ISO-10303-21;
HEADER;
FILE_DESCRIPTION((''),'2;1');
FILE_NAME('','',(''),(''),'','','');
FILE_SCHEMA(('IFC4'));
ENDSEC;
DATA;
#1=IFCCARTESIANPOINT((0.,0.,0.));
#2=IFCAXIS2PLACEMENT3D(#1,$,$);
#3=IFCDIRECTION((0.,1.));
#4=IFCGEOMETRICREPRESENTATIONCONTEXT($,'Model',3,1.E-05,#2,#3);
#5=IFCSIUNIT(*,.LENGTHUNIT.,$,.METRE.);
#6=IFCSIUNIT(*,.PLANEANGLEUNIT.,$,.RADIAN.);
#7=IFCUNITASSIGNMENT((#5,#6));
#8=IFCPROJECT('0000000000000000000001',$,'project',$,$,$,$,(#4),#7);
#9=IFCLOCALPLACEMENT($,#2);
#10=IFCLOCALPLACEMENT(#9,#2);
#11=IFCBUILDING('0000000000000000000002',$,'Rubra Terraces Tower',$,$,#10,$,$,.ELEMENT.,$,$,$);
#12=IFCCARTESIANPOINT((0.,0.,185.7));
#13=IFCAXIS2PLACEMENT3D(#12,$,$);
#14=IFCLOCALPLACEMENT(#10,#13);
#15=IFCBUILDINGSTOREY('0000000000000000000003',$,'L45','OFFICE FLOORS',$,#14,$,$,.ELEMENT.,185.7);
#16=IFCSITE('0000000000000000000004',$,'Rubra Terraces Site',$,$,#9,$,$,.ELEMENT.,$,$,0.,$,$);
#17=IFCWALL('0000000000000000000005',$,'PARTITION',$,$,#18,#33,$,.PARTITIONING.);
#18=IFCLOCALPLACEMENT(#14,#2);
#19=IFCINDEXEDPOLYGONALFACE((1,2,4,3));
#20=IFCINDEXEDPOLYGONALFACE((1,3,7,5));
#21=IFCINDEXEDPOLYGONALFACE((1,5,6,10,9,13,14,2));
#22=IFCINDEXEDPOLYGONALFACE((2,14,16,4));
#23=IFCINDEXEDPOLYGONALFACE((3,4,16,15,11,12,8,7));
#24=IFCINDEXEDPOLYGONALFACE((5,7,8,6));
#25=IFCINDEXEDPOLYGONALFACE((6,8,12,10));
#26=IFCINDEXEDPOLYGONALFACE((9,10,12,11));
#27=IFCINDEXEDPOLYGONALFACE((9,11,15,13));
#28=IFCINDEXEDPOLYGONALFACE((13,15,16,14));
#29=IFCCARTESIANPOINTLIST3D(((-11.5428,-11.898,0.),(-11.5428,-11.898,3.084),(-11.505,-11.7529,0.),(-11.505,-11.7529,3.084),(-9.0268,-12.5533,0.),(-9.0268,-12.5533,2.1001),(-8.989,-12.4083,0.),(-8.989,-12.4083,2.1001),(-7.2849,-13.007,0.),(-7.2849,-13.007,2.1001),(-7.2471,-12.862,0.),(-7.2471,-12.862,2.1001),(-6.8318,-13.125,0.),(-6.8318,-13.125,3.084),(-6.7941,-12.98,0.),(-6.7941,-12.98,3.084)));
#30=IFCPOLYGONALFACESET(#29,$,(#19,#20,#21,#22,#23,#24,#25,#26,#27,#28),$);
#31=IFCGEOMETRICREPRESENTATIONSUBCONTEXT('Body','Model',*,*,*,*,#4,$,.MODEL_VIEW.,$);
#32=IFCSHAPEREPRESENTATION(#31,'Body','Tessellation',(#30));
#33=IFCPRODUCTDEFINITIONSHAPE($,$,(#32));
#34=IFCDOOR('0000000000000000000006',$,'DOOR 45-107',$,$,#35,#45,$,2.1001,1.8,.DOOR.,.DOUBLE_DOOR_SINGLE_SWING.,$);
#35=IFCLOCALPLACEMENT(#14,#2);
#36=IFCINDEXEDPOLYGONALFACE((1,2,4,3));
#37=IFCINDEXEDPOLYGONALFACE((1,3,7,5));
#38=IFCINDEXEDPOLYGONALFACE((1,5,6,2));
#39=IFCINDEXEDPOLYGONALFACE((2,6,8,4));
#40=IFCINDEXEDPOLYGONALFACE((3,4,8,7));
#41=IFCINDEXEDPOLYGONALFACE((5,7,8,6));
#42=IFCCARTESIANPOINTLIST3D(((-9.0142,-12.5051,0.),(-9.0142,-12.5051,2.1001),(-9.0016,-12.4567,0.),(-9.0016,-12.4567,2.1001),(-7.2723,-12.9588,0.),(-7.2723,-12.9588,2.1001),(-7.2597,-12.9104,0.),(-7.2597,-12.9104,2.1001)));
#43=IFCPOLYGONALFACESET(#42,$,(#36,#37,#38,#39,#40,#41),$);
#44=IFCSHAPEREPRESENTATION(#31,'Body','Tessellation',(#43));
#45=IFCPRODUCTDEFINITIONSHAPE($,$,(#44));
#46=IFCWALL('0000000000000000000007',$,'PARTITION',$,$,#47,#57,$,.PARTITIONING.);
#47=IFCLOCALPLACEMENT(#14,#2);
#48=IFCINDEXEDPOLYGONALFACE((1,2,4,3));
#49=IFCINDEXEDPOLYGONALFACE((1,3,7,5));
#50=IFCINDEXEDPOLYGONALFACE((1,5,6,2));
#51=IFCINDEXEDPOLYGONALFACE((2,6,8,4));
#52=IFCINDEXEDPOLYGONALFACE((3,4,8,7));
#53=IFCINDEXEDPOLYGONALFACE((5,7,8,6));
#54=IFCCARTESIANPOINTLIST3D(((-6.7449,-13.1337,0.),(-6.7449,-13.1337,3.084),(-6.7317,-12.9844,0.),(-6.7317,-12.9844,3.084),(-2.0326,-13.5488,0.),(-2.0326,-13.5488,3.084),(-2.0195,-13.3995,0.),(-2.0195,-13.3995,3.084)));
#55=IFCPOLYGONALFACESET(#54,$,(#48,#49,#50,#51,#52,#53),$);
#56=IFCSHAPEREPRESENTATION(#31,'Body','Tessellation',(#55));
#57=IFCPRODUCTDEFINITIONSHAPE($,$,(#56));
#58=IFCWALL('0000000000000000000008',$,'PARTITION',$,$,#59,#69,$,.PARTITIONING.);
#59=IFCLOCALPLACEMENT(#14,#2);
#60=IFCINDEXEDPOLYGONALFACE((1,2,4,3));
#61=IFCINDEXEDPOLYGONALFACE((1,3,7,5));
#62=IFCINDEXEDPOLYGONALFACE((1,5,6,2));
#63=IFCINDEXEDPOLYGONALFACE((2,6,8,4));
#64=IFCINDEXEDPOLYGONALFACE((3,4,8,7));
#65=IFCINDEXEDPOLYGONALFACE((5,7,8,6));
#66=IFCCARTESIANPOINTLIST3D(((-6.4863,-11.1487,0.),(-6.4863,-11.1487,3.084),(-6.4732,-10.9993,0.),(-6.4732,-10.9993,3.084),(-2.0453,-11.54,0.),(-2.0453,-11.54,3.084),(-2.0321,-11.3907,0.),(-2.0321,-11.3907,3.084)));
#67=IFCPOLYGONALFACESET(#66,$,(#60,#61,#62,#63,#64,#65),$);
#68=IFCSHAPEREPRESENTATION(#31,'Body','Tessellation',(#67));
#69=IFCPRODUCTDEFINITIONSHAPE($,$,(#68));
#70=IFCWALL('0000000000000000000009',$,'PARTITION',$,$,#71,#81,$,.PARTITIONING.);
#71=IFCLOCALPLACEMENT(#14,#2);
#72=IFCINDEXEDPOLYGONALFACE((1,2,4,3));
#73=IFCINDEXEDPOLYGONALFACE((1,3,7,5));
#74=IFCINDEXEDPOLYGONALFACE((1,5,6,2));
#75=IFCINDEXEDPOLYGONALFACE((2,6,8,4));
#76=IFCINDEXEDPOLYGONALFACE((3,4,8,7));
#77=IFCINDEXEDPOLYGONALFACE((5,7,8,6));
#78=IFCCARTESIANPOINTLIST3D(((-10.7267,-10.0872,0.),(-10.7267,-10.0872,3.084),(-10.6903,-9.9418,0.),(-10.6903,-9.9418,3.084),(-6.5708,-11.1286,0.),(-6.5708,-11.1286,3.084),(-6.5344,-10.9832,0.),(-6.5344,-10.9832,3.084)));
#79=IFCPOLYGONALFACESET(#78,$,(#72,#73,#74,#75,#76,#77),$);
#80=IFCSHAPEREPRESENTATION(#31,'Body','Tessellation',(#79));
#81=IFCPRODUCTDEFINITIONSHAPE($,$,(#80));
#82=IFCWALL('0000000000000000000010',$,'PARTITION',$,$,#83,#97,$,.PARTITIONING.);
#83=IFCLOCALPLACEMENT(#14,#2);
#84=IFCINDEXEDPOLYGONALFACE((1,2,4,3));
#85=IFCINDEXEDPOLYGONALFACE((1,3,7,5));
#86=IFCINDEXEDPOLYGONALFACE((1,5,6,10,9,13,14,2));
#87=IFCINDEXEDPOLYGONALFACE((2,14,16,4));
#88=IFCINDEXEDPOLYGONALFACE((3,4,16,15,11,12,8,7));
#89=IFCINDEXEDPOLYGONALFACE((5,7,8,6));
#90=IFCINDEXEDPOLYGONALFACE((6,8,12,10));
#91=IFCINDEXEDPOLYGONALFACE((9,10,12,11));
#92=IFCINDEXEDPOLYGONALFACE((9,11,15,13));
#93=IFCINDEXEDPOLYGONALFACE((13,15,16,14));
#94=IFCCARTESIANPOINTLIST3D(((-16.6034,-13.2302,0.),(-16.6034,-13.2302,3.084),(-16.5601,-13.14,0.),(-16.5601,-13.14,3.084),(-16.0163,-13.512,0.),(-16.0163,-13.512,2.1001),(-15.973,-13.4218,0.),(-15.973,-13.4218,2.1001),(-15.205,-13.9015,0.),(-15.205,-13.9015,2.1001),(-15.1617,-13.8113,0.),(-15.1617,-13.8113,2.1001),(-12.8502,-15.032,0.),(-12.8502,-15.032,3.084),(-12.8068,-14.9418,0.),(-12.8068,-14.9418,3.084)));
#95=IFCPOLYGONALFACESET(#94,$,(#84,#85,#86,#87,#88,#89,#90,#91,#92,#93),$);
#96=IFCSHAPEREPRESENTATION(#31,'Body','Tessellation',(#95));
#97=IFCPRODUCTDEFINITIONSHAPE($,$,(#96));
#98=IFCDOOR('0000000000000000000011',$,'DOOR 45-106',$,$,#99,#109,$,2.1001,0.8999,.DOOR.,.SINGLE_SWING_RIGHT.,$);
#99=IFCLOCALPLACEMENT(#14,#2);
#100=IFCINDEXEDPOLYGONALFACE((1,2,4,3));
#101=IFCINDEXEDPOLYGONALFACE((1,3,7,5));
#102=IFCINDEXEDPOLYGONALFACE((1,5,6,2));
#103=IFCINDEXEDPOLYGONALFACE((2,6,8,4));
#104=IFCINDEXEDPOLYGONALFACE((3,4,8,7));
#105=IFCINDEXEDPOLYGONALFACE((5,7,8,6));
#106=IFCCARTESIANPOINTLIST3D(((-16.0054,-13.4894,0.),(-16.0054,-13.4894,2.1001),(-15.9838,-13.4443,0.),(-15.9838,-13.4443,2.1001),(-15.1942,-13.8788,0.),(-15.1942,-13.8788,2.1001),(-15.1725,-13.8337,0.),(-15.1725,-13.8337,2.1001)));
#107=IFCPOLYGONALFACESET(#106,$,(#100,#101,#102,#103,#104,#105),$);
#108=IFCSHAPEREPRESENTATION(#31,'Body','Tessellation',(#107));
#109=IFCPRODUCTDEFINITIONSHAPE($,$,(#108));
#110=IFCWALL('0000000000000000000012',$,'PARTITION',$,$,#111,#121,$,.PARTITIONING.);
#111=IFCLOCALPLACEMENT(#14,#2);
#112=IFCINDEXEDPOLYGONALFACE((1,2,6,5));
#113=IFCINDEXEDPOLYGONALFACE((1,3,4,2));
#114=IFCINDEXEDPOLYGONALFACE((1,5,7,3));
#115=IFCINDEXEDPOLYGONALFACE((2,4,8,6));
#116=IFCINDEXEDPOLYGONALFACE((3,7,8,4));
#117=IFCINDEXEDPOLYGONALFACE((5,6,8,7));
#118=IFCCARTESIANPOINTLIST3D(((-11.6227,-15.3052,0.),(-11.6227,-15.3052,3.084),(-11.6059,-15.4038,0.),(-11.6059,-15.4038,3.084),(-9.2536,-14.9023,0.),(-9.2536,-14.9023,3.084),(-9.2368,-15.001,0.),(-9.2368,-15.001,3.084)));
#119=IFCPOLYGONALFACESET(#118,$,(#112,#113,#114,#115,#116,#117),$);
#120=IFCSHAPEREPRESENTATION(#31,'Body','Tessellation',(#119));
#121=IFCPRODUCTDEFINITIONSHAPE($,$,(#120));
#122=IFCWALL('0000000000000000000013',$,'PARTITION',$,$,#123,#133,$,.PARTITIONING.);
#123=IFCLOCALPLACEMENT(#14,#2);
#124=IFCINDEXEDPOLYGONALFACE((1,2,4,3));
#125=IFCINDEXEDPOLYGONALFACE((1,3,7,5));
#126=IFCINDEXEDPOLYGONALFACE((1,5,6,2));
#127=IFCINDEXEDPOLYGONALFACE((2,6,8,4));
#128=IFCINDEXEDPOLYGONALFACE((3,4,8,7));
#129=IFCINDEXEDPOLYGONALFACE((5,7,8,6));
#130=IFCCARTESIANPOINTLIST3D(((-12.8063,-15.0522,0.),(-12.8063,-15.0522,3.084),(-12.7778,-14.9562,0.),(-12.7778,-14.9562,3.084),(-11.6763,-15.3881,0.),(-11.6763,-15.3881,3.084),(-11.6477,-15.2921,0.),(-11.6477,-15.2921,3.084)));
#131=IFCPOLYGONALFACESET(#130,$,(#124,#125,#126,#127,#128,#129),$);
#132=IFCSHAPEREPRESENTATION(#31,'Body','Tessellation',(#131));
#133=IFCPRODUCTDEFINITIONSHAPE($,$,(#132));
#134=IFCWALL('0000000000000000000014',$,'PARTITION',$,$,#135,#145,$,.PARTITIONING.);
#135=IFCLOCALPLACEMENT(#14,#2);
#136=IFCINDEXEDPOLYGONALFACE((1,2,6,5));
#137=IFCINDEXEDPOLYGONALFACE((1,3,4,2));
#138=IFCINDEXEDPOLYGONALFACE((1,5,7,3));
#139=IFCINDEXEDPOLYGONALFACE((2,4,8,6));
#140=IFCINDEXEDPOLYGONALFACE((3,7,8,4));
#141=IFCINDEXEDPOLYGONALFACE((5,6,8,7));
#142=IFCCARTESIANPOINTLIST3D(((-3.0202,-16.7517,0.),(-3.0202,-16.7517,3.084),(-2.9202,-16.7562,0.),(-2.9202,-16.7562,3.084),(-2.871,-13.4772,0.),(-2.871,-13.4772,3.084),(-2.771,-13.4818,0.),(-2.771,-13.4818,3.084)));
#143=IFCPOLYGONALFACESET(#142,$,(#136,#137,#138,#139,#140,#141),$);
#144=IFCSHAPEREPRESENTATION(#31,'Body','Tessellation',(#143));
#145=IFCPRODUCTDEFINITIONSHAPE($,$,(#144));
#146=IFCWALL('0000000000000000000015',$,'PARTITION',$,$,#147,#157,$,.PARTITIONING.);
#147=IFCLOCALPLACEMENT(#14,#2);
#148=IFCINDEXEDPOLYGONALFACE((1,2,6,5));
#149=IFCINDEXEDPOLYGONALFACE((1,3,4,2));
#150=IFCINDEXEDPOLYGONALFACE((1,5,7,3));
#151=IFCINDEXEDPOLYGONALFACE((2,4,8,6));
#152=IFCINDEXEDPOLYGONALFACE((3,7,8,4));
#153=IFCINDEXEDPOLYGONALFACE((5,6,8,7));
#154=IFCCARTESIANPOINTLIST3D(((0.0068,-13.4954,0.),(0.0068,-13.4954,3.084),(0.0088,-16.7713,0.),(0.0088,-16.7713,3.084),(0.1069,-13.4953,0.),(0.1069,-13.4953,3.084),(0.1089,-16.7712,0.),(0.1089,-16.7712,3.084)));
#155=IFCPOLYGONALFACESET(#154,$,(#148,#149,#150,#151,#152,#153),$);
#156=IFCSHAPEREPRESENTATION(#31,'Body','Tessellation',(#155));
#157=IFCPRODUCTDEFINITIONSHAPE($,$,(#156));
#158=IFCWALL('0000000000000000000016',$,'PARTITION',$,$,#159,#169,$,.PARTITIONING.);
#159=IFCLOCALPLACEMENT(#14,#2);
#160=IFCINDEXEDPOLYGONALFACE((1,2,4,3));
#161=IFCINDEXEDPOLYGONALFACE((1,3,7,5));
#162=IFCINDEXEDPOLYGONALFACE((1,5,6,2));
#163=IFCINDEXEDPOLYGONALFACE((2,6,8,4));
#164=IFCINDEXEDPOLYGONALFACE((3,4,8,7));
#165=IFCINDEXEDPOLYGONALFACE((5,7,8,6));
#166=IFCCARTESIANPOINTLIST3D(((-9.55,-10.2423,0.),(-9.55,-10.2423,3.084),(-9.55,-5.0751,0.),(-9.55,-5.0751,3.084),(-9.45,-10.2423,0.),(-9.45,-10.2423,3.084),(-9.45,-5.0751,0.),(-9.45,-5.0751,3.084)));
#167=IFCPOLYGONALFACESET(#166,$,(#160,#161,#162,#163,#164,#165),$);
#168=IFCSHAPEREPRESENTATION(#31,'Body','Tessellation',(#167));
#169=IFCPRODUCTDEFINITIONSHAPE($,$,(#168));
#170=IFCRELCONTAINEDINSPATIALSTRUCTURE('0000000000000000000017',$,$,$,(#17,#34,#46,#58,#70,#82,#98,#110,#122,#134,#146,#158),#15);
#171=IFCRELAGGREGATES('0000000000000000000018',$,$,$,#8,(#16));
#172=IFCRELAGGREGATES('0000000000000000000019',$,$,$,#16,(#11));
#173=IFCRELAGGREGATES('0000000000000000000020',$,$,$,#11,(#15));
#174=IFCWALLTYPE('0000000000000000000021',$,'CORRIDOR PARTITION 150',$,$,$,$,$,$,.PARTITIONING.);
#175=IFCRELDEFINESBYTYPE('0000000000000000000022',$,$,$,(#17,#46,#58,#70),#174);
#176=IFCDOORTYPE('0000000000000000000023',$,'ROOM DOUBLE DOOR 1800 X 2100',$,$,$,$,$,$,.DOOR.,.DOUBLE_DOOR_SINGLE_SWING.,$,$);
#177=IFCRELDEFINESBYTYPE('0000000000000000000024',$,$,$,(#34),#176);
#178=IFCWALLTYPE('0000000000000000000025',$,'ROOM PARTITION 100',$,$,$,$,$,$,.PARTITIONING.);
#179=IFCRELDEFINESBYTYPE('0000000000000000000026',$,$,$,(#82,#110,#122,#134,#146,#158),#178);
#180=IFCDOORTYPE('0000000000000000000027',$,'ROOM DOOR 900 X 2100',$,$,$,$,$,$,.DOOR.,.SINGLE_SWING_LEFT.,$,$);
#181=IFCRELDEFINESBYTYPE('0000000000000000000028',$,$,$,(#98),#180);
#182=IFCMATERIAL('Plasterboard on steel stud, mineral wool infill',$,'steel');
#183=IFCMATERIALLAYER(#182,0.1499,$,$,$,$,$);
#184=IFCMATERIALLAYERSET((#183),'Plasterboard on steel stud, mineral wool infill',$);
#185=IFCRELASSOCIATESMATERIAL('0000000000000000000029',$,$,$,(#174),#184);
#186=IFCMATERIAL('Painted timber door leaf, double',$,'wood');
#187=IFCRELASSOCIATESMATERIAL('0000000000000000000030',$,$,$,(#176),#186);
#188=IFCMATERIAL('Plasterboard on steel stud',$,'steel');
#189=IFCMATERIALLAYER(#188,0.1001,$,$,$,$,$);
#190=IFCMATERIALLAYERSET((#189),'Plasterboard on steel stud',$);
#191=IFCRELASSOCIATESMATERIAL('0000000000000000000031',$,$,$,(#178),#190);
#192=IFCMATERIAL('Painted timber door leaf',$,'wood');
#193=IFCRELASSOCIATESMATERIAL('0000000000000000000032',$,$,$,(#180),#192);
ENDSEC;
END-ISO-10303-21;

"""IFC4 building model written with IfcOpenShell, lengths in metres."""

from ifc_helpers import new_model, si_unit, direction, frame, frame_2d, origin, place, context, subcontext, project, spatial, rectangle, extrude, material, layer, layer_set, type_object, element, fill, save


model = new_model("IFC4")

# Units and contexts
model_context = context("Model", 3, precision=1e-05, world=origin(), true_north=direction((0.0, 1.0)))
body_context = subcontext(model_context, "Body", "Model", "MODEL_VIEW")
ifc_project = project(units=[si_unit("LENGTHUNIT", "METRE"), si_unit("PLANEANGLEUNIT", "RADIAN")], contexts=[model_context])

# Site, building, storey
site_placement = place(None, origin())
site = spatial("IfcSite", under=ifc_project, at=site_placement, Name="Rubra Terraces Site", CompositionType="ELEMENT", RefElevation=0.0)
building_placement = place(site_placement, origin())
building = spatial("IfcBuilding", under=site, at=building_placement, Name="Rubra Terraces Tower", CompositionType="ELEMENT")
storey_placement = place(building_placement, frame((0.0, 0.0, 185.7)))
storey = spatial("IfcBuildingStorey", under=building, at=storey_placement, Name="L45", Description="OFFICE FLOORS", CompositionType="ELEMENT", Elevation=185.7)

# Wall, opening, door
ifc_material_1 = material(Name="Plasterboard on steel stud, mineral wool infill", Category="steel")
ifc_layer_1 = layer(ifc_material_1, 0.1499)
ifc_layer_set_1 = layer_set([ifc_layer_1], Name="Plasterboard on steel stud, mineral wool infill")
wall_type_1 = type_object("IfcWallType", Name="CORRIDOR PARTITION 150", PredefinedType="PARTITIONING", material=ifc_layer_set_1)
wall_1_placement = place(storey_placement, frame((-11.5239, -11.8254, 0.0), z_axis=(0.0, 0.0, 1.0), x_axis=(0.967712, -0.252058, 0.0)))
wall_1 = element("IfcWall", 1, at=wall_1_placement, inside=storey, type_object=wall_type_1, Name="PARTITION", PredefinedType="PARTITIONING", context=body_context, shape_type="SweptSolid", body=[
    extrude(rectangle(XDim=4.8682, YDim=0.1499, at=frame_2d((2.4341, 0.0))), origin(), (0.0, 0.0, 1.0), 3.084),
])
opening_1_placement = place(wall_1_placement, frame((2.6001, 0.0, 0.0)))
opening_1 = element("IfcOpeningElement", 2, at=opening_1_placement, cuts=wall_1, PredefinedType="OPENING", context=body_context, shape_type="SweptSolid", body=[
    extrude(rectangle(XDim=1.8, YDim=2.1001, at=frame_2d((0.8999, 1.05))), frame((0.0, 0.085, 0.0), z_axis=(0.0, -1.0, 0.0), x_axis=(1.0, 0.0, 0.0)), (0.0, 0.0, 1.0), 0.1699),
])
ifc_material_2 = material(Name="Painted timber door leaf, double", Category="wood")
door_type_1 = type_object("IfcDoorType", Name="ROOM DOUBLE DOOR 1800 X 2100", OperationType="DOUBLE_DOOR_SINGLE_SWING", PredefinedType="DOOR", material=ifc_material_2)
door_1_placement = place(opening_1_placement, origin())
door_1 = element("IfcDoor", 3, at=door_1_placement, inside=storey, type_object=door_type_1, Name="DOOR 45-107", OperationType="DOUBLE_DOOR_SINGLE_SWING", OverallHeight=2.1001, OverallWidth=1.8, PredefinedType="DOOR", context=body_context, shape_type="SweptSolid", body=[
    extrude(rectangle(XDim=1.8, YDim=2.1001, at=frame_2d((0.8999, 1.05))), frame((0.0, 0.0249, 0.0), z_axis=(0.0, -1.0, 0.0), x_axis=(1.0, 0.0, 0.0)), (0.0, 0.0, 1.0), 0.05),
])
fill(opening_1, door_1)

# Wall
wall_2_placement = place(storey_placement, frame((-6.7383, -13.0591, 0.0), z_axis=(0.0, 0.0, 1.0), x_axis=(0.996144, -0.087739, 0.0)))
element("IfcWall", 4, at=wall_2_placement, inside=storey, type_object=wall_type_1, Name="PARTITION", PredefinedType="PARTITIONING", context=body_context, shape_type="SweptSolid", body=[
    extrude(rectangle(XDim=4.7305, YDim=0.1499, at=frame_2d((2.3652, 0.0))), origin(), (0.0, 0.0, 1.0), 3.084),
])

# Walls
wall_3_placement = place(storey_placement, frame((-2.0388, -11.4653, 0.0), z_axis=(0.0, 0.0, 1.0), x_axis=(-0.99614, 0.08778, 0.0)))
element("IfcWall", 5, at=wall_3_placement, inside=storey, type_object=wall_type_1, Name="PARTITION", PredefinedType="PARTITIONING", context=body_context, shape_type="SweptSolid", body=[
    extrude(rectangle(XDim=4.4583, YDim=0.1499, at=frame_2d((2.229, 0.0))), origin(), (0.0, 0.0, 1.0), 3.084),
])
wall_4_placement = place(storey_placement, frame((-6.5527, -11.0559, 0.0), z_axis=(0.0, 0.0, 1.0), x_axis=(-0.970005, 0.243085, 0.0)))
element("IfcWall", 6, at=wall_4_placement, inside=storey, type_object=wall_type_1, Name="PARTITION", PredefinedType="PARTITIONING", context=body_context, shape_type="SweptSolid", body=[
    extrude(rectangle(XDim=4.2844, YDim=0.1499, at=frame_2d((2.1421, 0.0))), origin(), (0.0, 0.0, 1.0), 3.084),
])

# Wall, opening, door
ifc_material_3 = material(Name="Plasterboard on steel stud", Category="steel")
ifc_layer_2 = layer(ifc_material_3, 0.1001)
ifc_layer_set_2 = layer_set([ifc_layer_2], Name="Plasterboard on steel stud")
wall_type_2 = type_object("IfcWallType", Name="ROOM PARTITION 100", PredefinedType="PARTITIONING", material=ifc_layer_set_2)
wall_5_placement = place(storey_placement, frame((-12.8286, -14.9868, 0.0), z_axis=(0.0, 0.0, 1.0), x_axis=(-0.901501, 0.432777, 0.0)))
wall_5 = element("IfcWall", 7, at=wall_5_placement, inside=storey, type_object=wall_type_2, Name="PARTITION", PredefinedType="PARTITIONING", context=body_context, shape_type="SweptSolid", body=[
    extrude(rectangle(XDim=4.1633, YDim=0.1001, at=frame_2d((2.0815, 0.0))), origin(), (0.0, 0.0, 1.0), 3.084),
])
opening_2_placement = place(wall_5_placement, frame((2.6121, 0.0, 0.0)))
opening_2 = element("IfcOpeningElement", 8, at=opening_2_placement, cuts=wall_5, PredefinedType="OPENING", context=body_context, shape_type="SweptSolid", body=[
    extrude(rectangle(XDim=0.8999, YDim=2.1001, at=frame_2d((0.45, 1.05))), frame((0.0, 0.0601, 0.0), z_axis=(0.0, -1.0, 0.0), x_axis=(1.0, 0.0, 0.0)), (0.0, 0.0, 1.0), 0.1201),
])
ifc_material_4 = material(Name="Painted timber door leaf", Category="wood")
door_type_2 = type_object("IfcDoorType", Name="ROOM DOOR 900 X 2100", OperationType="SINGLE_SWING_LEFT", PredefinedType="DOOR", material=ifc_material_4)
door_2_placement = place(opening_2_placement, origin())
door_2 = element("IfcDoor", 9, at=door_2_placement, inside=storey, type_object=door_type_2, Name="DOOR 45-106", OperationType="SINGLE_SWING_RIGHT", OverallHeight=2.1001, OverallWidth=0.8999, PredefinedType="DOOR", context=body_context, shape_type="SweptSolid", body=[
    extrude(rectangle(XDim=0.8999, YDim=2.1001, at=frame_2d((0.45, 1.05))), frame((0.0, 0.0249, 0.0), z_axis=(0.0, -1.0, 0.0), x_axis=(1.0, 0.0, 0.0)), (0.0, 0.0, 1.0), 0.05),
])
fill(opening_2, door_2)

# Walls
wall_6_placement = place(storey_placement, frame((-9.2451, -14.9517, 0.0), z_axis=(0.0, 0.0, 1.0), x_axis=(-0.98585, -0.167627, 0.0)))
element("IfcWall", 10, at=wall_6_placement, inside=storey, type_object=wall_type_2, Name="PARTITION", PredefinedType="PARTITIONING", context=body_context, shape_type="SweptSolid", body=[
    extrude(rectangle(XDim=2.4031, YDim=0.1001, at=frame_2d((1.2017, 0.0))), origin(), (0.0, 0.0, 1.0), 3.084),
])
wall_7_placement = place(storey_placement, frame((-11.6621, -15.3401, 0.0), z_axis=(0.0, 0.0, 1.0), x_axis=(-0.958547, 0.284934, 0.0)))
element("IfcWall", 11, at=wall_7_placement, inside=storey, type_object=wall_type_2, Name="PARTITION", PredefinedType="PARTITIONING", context=body_context, shape_type="SweptSolid", body=[
    extrude(rectangle(XDim=1.179, YDim=0.1001, at=frame_2d((0.5894, 0.0))), origin(), (0.0, 0.0, 1.0), 3.084),
])
wall_8_placement = place(storey_placement, frame((-2.821, -13.4795, 0.0), z_axis=(0.0, 0.0, 1.0), x_axis=(-0.045509, -0.998964, 0.0)))
element("IfcWall", 12, at=wall_8_placement, inside=storey, type_object=wall_type_2, Name="PARTITION", PredefinedType="PARTITIONING", context=body_context, shape_type="SweptSolid", body=[
    extrude(rectangle(XDim=3.2778, YDim=0.1001, at=frame_2d((1.6389, 0.0))), origin(), (0.0, 0.0, 1.0), 3.084),
])
wall_9_placement = place(storey_placement, frame((0.0569, -13.4954, 0.0), z_axis=(0.0, 0.0, 1.0), x_axis=(0.000596, -1.0, 0.0)))
element("IfcWall", 13, at=wall_9_placement, inside=storey, type_object=wall_type_2, Name="PARTITION", PredefinedType="PARTITIONING", context=body_context, shape_type="SweptSolid", body=[
    extrude(rectangle(XDim=3.2759, YDim=0.1001, at=frame_2d((1.6379, 0.0))), origin(), (0.0, 0.0, 1.0), 3.084),
])
wall_10_placement = place(storey_placement, frame((-9.5, -10.2422, 0.0), z_axis=(0.0, 0.0, 1.0), x_axis=(0.0, 1.0, 0.0)))
element("IfcWall", 14, at=wall_10_placement, inside=storey, type_object=wall_type_2, Name="PARTITION", PredefinedType="PARTITIONING", context=body_context, shape_type="SweptSolid", body=[
    extrude(rectangle(XDim=5.1672, YDim=0.1001, at=frame_2d((2.5835, 0.0))), origin(), (0.0, 0.0, 1.0), 3.084),
])

save(model, "model.ifc")
